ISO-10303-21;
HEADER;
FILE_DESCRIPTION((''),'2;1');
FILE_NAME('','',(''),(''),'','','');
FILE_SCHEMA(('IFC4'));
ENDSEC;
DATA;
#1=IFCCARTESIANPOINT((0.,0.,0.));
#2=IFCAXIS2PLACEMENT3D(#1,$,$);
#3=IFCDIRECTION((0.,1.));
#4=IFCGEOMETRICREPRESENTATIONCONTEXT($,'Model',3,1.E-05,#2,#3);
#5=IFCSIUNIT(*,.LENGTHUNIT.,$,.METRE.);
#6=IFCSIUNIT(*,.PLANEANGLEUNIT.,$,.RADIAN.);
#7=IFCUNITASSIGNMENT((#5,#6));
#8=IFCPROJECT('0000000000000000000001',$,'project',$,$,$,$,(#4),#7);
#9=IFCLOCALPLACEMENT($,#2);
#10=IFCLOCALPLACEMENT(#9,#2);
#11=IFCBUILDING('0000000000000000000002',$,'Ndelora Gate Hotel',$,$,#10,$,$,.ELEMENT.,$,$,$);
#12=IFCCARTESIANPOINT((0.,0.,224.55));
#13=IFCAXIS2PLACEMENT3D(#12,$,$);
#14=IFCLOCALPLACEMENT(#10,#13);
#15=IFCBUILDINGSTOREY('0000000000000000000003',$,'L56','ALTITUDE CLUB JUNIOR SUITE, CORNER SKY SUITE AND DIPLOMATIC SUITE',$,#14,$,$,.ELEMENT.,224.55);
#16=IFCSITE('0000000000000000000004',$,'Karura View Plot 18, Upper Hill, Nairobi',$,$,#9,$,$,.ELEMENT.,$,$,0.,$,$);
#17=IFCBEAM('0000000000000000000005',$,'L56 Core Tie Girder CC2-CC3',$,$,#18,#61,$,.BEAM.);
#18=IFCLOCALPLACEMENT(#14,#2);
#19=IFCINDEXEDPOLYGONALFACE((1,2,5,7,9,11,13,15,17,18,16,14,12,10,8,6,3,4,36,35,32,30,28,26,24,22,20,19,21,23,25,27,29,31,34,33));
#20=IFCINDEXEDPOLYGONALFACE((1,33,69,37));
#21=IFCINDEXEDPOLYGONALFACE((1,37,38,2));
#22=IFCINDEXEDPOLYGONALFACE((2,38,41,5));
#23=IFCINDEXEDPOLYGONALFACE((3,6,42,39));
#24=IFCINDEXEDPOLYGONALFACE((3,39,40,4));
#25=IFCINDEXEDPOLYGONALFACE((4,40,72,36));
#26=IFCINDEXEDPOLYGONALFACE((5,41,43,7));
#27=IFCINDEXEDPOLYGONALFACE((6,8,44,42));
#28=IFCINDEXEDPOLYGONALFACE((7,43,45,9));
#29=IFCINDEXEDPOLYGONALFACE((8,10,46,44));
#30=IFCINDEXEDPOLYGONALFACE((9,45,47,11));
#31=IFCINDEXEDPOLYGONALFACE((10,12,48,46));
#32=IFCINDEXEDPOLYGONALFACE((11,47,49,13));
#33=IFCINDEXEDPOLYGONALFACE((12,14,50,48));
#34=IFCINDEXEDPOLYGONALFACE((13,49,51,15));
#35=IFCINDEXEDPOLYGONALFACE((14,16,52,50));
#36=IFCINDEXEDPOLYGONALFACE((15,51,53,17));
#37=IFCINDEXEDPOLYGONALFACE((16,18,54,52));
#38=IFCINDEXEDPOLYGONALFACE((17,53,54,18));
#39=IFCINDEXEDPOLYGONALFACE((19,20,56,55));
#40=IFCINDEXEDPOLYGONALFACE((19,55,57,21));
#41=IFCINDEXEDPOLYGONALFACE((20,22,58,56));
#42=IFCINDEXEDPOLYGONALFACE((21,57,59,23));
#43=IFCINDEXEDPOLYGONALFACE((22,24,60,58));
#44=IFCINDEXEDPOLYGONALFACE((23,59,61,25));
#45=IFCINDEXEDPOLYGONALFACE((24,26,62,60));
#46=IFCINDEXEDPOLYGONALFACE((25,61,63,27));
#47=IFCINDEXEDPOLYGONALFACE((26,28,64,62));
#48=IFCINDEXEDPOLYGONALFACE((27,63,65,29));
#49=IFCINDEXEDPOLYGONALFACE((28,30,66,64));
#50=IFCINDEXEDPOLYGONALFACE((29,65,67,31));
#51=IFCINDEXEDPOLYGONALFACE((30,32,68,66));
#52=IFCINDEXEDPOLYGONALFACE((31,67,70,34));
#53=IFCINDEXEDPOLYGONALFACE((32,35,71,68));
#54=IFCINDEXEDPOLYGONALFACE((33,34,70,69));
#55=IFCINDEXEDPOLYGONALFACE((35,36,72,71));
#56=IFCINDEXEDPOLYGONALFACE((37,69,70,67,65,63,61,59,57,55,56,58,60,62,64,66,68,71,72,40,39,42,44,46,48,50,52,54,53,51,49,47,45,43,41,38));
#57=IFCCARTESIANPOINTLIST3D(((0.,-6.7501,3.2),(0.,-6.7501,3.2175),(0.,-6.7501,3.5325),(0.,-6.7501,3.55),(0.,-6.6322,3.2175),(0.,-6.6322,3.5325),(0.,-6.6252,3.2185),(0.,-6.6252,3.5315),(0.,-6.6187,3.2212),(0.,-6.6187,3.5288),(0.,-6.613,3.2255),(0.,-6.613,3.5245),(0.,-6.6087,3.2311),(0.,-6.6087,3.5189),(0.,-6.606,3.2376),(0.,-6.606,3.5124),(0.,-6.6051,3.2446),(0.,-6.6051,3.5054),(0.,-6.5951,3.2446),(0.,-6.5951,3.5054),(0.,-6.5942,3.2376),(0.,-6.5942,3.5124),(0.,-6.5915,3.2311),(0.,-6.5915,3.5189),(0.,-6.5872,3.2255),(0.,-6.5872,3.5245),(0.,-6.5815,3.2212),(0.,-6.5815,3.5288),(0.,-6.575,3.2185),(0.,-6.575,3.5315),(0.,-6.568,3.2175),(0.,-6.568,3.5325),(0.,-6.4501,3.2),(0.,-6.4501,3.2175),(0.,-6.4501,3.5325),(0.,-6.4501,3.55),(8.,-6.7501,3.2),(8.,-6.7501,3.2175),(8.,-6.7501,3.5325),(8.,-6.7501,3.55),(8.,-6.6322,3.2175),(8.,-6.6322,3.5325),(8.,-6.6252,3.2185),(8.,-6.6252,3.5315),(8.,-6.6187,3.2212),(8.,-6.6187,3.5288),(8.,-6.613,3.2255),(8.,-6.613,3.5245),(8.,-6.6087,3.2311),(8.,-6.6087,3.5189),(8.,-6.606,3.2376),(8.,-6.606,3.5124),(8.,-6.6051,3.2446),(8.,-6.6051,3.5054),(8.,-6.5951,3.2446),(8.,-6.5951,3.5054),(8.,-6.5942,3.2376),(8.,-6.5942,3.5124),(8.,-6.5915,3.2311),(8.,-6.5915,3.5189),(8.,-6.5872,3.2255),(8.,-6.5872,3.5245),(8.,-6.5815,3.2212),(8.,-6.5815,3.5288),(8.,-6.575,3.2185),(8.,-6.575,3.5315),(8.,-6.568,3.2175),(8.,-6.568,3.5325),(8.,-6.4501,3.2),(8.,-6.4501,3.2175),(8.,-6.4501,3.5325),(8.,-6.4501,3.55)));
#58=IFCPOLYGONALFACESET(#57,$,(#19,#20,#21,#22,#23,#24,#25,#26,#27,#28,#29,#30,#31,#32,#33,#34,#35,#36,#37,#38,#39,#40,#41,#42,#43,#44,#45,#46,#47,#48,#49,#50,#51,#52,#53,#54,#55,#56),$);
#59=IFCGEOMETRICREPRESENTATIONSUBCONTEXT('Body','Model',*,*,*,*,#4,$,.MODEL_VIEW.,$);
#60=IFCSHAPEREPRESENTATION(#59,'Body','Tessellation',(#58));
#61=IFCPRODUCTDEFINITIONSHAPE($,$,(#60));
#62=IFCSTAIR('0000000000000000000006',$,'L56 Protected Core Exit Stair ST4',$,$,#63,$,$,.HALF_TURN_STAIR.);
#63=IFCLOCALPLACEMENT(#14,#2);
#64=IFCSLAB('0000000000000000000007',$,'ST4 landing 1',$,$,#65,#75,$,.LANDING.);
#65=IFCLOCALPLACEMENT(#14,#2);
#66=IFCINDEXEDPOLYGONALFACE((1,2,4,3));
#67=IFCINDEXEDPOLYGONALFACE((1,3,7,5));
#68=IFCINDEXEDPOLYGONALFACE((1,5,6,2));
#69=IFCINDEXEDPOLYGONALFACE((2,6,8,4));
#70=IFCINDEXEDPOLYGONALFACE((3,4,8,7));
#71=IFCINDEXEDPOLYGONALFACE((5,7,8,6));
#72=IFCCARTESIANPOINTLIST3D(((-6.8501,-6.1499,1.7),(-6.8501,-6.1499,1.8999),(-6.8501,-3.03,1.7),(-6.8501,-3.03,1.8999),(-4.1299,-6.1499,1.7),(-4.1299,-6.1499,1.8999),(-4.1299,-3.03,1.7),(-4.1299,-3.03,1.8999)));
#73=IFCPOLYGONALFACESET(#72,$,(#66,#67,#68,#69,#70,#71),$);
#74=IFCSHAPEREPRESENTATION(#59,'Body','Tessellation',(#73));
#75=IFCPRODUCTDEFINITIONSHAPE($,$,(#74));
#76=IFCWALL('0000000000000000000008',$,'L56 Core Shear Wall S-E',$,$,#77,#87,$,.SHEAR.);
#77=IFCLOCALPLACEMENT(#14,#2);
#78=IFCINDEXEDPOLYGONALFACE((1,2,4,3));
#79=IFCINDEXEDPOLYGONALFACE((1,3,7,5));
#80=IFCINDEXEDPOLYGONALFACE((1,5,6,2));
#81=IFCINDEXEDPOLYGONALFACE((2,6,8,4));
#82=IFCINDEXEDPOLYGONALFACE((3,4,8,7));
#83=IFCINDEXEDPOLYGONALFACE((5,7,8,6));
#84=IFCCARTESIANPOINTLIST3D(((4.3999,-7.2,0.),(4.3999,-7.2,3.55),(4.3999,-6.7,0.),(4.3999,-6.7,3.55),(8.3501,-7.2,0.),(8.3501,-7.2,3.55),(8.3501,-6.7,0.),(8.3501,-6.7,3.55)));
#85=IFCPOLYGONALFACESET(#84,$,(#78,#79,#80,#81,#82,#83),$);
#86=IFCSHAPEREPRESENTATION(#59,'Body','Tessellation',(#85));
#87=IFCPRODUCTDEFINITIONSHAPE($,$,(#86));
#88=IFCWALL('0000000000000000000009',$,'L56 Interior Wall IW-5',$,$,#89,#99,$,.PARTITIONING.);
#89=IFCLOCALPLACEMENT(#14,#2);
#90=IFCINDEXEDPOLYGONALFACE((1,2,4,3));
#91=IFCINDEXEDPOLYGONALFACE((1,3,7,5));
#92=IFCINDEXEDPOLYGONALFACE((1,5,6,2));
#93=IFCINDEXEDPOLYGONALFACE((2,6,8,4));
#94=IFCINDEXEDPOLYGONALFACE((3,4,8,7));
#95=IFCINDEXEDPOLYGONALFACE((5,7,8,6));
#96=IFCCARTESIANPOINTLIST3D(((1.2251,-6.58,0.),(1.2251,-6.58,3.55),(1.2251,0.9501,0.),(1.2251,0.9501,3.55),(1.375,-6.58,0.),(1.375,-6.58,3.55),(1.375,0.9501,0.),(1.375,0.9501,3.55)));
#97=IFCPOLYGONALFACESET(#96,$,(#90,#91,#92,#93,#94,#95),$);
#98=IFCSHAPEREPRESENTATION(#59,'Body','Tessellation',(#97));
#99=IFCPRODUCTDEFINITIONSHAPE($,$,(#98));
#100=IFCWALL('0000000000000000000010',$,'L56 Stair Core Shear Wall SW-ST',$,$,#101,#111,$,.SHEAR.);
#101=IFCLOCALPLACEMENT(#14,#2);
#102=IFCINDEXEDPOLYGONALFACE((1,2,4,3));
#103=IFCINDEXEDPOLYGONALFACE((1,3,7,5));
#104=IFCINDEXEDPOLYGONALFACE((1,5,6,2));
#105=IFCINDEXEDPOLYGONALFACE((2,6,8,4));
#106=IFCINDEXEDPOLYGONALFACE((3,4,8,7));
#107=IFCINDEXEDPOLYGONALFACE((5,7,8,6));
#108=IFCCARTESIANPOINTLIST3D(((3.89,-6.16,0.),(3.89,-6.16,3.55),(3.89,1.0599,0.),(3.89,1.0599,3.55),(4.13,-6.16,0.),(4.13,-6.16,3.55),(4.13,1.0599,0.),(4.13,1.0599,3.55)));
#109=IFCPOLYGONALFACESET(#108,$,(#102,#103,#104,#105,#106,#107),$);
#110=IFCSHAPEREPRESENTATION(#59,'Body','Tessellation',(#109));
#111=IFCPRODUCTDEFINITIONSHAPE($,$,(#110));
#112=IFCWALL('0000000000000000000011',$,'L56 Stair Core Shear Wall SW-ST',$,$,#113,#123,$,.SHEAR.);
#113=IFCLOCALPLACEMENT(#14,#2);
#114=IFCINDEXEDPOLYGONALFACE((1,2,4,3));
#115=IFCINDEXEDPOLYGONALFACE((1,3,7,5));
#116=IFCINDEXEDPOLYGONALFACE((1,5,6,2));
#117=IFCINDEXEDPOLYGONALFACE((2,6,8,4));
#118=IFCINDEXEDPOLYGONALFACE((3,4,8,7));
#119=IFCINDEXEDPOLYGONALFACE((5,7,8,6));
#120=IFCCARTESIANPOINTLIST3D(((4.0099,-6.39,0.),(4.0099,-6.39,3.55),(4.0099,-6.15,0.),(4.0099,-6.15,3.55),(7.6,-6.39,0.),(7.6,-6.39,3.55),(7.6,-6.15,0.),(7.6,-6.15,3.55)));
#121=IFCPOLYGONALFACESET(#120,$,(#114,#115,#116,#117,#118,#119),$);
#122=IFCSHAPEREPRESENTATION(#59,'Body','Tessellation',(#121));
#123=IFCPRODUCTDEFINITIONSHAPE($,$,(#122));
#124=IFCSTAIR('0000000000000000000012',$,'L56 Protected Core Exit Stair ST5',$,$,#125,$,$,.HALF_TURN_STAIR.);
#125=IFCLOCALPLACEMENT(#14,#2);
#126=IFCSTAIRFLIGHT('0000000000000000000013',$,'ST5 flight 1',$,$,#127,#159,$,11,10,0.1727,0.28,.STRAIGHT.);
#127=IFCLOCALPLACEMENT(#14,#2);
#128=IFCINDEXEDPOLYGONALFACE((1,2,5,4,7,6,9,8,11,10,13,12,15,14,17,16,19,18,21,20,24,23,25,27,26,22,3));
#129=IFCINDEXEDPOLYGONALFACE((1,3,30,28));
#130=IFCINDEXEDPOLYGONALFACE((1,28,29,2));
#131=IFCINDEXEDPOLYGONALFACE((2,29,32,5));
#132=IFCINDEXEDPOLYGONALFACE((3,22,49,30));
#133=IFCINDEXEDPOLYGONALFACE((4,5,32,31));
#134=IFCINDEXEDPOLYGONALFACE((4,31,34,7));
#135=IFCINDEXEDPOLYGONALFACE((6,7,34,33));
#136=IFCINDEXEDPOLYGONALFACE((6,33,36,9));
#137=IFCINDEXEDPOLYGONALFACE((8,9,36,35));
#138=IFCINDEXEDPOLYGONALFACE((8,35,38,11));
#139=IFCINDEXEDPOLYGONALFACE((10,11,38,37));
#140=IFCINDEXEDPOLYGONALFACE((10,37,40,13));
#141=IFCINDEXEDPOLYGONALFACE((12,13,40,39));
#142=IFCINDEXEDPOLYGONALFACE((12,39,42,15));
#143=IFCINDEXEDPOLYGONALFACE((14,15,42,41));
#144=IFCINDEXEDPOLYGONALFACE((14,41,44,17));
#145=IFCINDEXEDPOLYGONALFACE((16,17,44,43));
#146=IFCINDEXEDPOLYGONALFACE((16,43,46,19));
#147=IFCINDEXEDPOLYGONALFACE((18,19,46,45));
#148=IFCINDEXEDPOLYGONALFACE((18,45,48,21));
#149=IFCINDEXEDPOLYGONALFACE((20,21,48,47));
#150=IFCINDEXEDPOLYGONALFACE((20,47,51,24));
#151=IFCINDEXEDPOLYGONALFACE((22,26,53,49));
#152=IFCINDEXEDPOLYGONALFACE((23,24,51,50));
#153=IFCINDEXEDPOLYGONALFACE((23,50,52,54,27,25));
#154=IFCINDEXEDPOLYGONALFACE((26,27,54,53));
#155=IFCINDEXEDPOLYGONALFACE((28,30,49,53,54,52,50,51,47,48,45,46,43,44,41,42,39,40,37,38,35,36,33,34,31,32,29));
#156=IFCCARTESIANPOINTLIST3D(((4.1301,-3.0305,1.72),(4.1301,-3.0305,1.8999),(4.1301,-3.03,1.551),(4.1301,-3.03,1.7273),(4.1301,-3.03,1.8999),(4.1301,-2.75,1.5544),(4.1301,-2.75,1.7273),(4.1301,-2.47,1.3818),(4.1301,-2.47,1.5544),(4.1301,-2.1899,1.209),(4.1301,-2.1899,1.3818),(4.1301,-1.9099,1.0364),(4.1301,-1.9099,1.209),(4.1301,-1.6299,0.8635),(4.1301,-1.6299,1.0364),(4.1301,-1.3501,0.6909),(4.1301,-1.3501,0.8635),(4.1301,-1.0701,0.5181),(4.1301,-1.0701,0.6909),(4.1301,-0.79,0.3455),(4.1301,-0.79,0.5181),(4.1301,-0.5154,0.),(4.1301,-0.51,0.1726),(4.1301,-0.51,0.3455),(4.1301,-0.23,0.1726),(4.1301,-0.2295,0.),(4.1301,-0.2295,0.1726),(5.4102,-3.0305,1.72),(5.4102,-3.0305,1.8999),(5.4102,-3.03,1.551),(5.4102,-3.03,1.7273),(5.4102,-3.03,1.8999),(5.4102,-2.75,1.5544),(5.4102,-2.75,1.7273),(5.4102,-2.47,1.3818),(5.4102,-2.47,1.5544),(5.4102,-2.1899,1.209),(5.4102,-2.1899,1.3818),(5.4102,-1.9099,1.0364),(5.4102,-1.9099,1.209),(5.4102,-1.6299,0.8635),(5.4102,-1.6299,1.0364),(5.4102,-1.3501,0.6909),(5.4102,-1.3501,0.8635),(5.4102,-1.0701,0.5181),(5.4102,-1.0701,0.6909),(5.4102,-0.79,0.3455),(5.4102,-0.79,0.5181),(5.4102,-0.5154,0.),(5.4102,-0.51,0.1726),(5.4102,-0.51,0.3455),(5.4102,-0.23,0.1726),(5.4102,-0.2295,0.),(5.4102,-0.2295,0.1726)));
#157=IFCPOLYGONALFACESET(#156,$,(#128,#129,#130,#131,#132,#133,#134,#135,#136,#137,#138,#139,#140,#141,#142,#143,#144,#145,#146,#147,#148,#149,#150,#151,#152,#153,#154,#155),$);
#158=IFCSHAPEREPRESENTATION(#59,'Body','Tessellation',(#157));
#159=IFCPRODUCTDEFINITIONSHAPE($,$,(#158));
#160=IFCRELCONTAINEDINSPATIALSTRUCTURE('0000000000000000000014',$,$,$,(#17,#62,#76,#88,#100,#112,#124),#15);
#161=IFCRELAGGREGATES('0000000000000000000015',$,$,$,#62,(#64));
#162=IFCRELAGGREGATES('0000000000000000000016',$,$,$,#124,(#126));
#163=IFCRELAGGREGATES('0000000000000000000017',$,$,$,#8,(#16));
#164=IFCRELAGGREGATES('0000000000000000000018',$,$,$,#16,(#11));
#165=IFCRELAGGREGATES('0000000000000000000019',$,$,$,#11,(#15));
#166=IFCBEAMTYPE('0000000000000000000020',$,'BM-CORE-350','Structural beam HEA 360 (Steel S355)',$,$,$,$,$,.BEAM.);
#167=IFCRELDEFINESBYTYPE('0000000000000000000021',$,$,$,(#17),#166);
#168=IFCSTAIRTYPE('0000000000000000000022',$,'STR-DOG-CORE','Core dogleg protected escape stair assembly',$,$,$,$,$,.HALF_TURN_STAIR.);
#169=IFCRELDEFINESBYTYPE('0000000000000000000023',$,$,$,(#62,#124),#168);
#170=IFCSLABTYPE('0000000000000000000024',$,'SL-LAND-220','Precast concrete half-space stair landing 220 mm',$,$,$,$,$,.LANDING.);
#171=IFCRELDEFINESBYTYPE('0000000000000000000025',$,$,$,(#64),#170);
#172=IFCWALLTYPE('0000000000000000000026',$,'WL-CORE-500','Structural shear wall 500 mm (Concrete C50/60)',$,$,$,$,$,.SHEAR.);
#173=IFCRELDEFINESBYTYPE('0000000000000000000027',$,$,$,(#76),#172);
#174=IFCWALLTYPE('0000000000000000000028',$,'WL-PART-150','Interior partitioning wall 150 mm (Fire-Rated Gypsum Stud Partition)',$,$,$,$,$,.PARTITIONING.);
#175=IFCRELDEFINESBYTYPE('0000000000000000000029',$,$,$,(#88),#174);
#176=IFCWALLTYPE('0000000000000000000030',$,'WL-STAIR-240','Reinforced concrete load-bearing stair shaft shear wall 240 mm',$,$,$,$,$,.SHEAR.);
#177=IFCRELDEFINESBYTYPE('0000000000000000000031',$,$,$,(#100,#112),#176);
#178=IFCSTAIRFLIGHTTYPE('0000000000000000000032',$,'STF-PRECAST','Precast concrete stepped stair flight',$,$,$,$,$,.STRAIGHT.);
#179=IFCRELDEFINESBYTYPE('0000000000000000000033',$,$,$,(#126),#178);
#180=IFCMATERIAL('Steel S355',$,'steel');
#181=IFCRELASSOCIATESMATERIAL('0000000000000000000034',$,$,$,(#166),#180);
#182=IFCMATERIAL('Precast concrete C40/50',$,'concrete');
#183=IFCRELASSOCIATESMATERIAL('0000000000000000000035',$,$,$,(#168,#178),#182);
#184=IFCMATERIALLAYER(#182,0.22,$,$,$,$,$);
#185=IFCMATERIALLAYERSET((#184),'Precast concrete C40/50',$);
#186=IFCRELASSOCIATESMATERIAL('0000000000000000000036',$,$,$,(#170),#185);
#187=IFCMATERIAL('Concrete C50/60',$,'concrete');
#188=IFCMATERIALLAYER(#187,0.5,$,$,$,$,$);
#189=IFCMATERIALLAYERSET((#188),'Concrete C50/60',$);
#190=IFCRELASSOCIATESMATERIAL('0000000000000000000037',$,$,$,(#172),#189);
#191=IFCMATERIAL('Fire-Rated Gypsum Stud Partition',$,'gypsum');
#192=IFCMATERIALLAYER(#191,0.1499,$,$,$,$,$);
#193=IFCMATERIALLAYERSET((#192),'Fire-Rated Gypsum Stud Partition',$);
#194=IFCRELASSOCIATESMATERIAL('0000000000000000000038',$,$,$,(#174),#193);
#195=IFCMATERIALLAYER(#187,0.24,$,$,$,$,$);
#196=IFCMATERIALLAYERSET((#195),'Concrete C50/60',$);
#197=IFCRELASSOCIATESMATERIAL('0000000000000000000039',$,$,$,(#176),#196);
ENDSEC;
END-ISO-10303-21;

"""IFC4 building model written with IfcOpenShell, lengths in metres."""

from ifc_helpers import new_model, si_unit, direction, frame, frame_2d, origin, origin_2d, place, context, subcontext, project, spatial, polyline, rectangle, i_section, outline, extrude, material, layer, layer_set, material_profile, profile_set, type_object, element, aggregate, save


model = new_model("IFC4")

# Units and contexts
model_context = context("Model", 3, precision=1e-05, world=origin(), true_north=direction((0.0, 1.0)))
body_context = subcontext(model_context, "Body", "Model", "MODEL_VIEW")
ifc_project = project(units=[si_unit("LENGTHUNIT", "METRE"), si_unit("PLANEANGLEUNIT", "RADIAN")], contexts=[model_context])

# Site, building, storey
site_placement = place(None, origin())
site = spatial("IfcSite", under=ifc_project, at=site_placement, Name="Karura View Plot 18, Upper Hill, Nairobi", CompositionType="ELEMENT", RefElevation=0.0)
building_placement = place(site_placement, origin())
building = spatial("IfcBuilding", under=site, at=building_placement, Name="Ndelora Gate Hotel", CompositionType="ELEMENT")
storey_placement = place(building_placement, frame((0.0, 0.0, 224.55)))
storey = spatial("IfcBuildingStorey", under=building, at=storey_placement, Name="L56", Description="ALTITUDE CLUB JUNIOR SUITE, CORNER SKY SUITE AND DIPLOMATIC SUITE", CompositionType="ELEMENT", Elevation=224.55)

# Beam
ifc_material_1 = material(Name="Steel S355", Category="steel")
ifc_material_profile = material_profile(ifc_material_1, i_section(OverallWidth=0.3, OverallDepth=0.3501, WebThickness=0.01, FlangeThickness=0.0176, FilletRadius=0.0271, at=origin_2d()), Name="HEA 360")
ifc_profile_set = profile_set([ifc_material_profile], Name="Steel S355")
beam_type = type_object("IfcBeamType", Name="BM-CORE-350", Description="Structural beam HEA 360 (Steel S355)", PredefinedType="BEAM", material=ifc_profile_set)
beam_placement = place(storey_placement, frame((0.0, -6.6001, 3.375), z_axis=(1.0, 0.0, 0.0), x_axis=(0.0, 1.0, 0.0)))
element("IfcBeam", 1, at=beam_placement, inside=storey, type_object=beam_type, Name="L56 Core Tie Girder CC2-CC3", PredefinedType="BEAM", context=body_context, shape_type="SweptSolid", body=[
    extrude(i_section(OverallWidth=0.3, OverallDepth=0.3501, WebThickness=0.01, FlangeThickness=0.0176, FilletRadius=0.0271, at=origin_2d()), origin(), (0.0, 0.0, 1.0), 8.0),
])

# Stair, slab
ifc_material_2 = material(Name="Precast concrete C40/50", Category="concrete")
stair_type = type_object("IfcStairType", Name="STR-DOG-CORE", Description="Core dogleg protected escape stair assembly", PredefinedType="HALF_TURN_STAIR", material=ifc_material_2)
stair_1_placement = place(storey_placement, origin())
stair_1 = element("IfcStair", 2, at=stair_1_placement, inside=storey, type_object=stair_type, Name="L56 Protected Core Exit Stair ST4", PredefinedType="HALF_TURN_STAIR")
ifc_layer_1 = layer(ifc_material_2, 0.22)
ifc_layer_set_1 = layer_set([ifc_layer_1], Name="Precast concrete C40/50")
slab_type = type_object("IfcSlabType", Name="SL-LAND-220", Description="Precast concrete half-space stair landing 220 mm", PredefinedType="LANDING", material=ifc_layer_set_1)
slab_placement = place(storey_placement, frame((0.0, 0.0, 1.7)))
slab = element("IfcSlab", 3, at=slab_placement, type_object=slab_type, Name="ST4 landing 1", PredefinedType="LANDING", context=body_context, shape_type="SweptSolid", body=[
    extrude(outline(polyline([(-6.8501, -3.03), (-6.8501, -6.1499), (-4.1299, -6.1499), (-4.1299, -3.03), (-6.8501, -3.03)])), origin(), (0.0, 0.0, 1.0), 0.2),
])
aggregate(stair_1, [slab])

# Walls
ifc_material_3 = material(Name="Concrete C50/60", Category="concrete")
ifc_layer_2 = layer(ifc_material_3, 0.5)
ifc_layer_set_2 = layer_set([ifc_layer_2], Name="Concrete C50/60")
wall_type_1 = type_object("IfcWallType", Name="WL-CORE-500", Description="Structural shear wall 500 mm (Concrete C50/60)", PredefinedType="SHEAR", material=ifc_layer_set_2)
wall_1_placement = place(storey_placement, frame((4.3999, -6.95, 0.0), z_axis=(0.0, 0.0, 1.0), x_axis=(1.0, 0.0, 0.0)))
element("IfcWall", 4, at=wall_1_placement, inside=storey, type_object=wall_type_1, Name="L56 Core Shear Wall S-E", PredefinedType="SHEAR", context=body_context, shape_type="SweptSolid", body=[
    extrude(rectangle(XDim=3.9502, YDim=0.5, at=frame_2d((1.9751, 0.0))), origin(), (0.0, 0.0, 1.0), 3.55),
])
ifc_material_4 = material(Name="Fire-Rated Gypsum Stud Partition", Category="gypsum")
ifc_layer_3 = layer(ifc_material_4, 0.1499)
ifc_layer_set_3 = layer_set([ifc_layer_3], Name="Fire-Rated Gypsum Stud Partition")
wall_type_2 = type_object("IfcWallType", Name="WL-PART-150", Description="Interior partitioning wall 150 mm (Fire-Rated Gypsum Stud Partition)", PredefinedType="PARTITIONING", material=ifc_layer_set_3)
wall_2_placement = place(storey_placement, frame((1.3, -6.5801, 0.0), z_axis=(0.0, 0.0, 1.0), x_axis=(0.0, 1.0, 0.0)))
element("IfcWall", 5, at=wall_2_placement, inside=storey, type_object=wall_type_2, Name="L56 Interior Wall IW-5", PredefinedType="PARTITIONING", context=body_context, shape_type="SweptSolid", body=[
    extrude(rectangle(XDim=7.53, YDim=0.1499, at=frame_2d((3.7651, 0.0))), origin(), (0.0, 0.0, 1.0), 3.55),
])
ifc_layer_4 = layer(ifc_material_3, 0.24)
ifc_layer_set_4 = layer_set([ifc_layer_4], Name="Concrete C50/60")
wall_type_3 = type_object("IfcWallType", Name="WL-STAIR-240", Description="Reinforced concrete load-bearing stair shaft shear wall 240 mm", PredefinedType="SHEAR", material=ifc_layer_set_4)
wall_3_placement = place(storey_placement, frame((4.01, -6.1599, 0.0), z_axis=(0.0, 0.0, 1.0), x_axis=(0.0, 1.0, 0.0)))
element("IfcWall", 6, at=wall_3_placement, inside=storey, type_object=wall_type_3, Name="L56 Stair Core Shear Wall SW-ST", PredefinedType="SHEAR", context=body_context, shape_type="SweptSolid", body=[
    extrude(rectangle(XDim=7.22, YDim=0.24, at=frame_2d((3.6099, 0.0))), origin(), (0.0, 0.0, 1.0), 3.55),
])
wall_4_placement = place(storey_placement, frame((4.01, -6.27, 0.0), z_axis=(0.0, 0.0, 1.0), x_axis=(1.0, 0.0, 0.0)))
element("IfcWall", 7, at=wall_4_placement, inside=storey, type_object=wall_type_3, Name="L56 Stair Core Shear Wall SW-ST", PredefinedType="SHEAR", context=body_context, shape_type="SweptSolid", body=[
    extrude(rectangle(XDim=3.5901, YDim=0.24, at=frame_2d((1.7949, 0.0))), origin(), (0.0, 0.0, 1.0), 3.55),
])

# Stair, stair flight
stair_2_placement = place(storey_placement, origin())
stair_2 = element("IfcStair", 8, at=stair_2_placement, inside=storey, type_object=stair_type, Name="L56 Protected Core Exit Stair ST5", PredefinedType="HALF_TURN_STAIR")
stair_flight_type = type_object("IfcStairFlightType", Name="STF-PRECAST", Description="Precast concrete stepped stair flight", PredefinedType="STRAIGHT", material=ifc_material_2)
stair_flight_1_placement = place(storey_placement, frame((4.77, -0.23, 0.0), z_axis=(0.0, 0.0, 1.0), x_axis=(0.0, -1.0, 0.0)))
stair_flight_1 = element("IfcStairFlight", 9, at=stair_flight_1_placement, type_object=stair_flight_type, Name="ST5 flight 1", NumberOfRisers=11, NumberOfTreads=10, PredefinedType="STRAIGHT", RiserHeight=0.1727, TreadLength=0.28, context=body_context, shape_type="SweptSolid", body=[
    extrude(outline(polyline([(-0.0005, 0.0), (-0.0005, 0.1726), (0.0, 0.1726), (0.28, 0.1726), (0.28, 0.3455), (0.5601, 0.3455), (0.5601, 0.5181), (0.8401, 0.5181), (0.8401, 0.6909), (1.1201, 0.6909), (1.1201, 0.8635), (1.3999, 0.8635), (1.3999, 1.0364), (1.6799, 1.0364), (1.6799, 1.209), (1.96, 1.209), (1.96, 1.3818), (2.24, 1.3818), (2.24, 1.5544), (2.52, 1.5544), (2.52, 1.7273), (2.8, 1.7273), (2.8, 1.8999), (2.8005, 1.8999), (2.8005, 1.72), (2.8, 1.551), (0.2854, 0.0), (-0.0005, 0.0)])), frame((0.0, 0.6401, 0.0), z_axis=(0.0, -1.0, 0.0), x_axis=(1.0, 0.0, 0.0)), (0.0, 0.0, 1.0), 1.28),
])
aggregate(stair_2, [stair_flight_1])

save(model, "model.ifc")
